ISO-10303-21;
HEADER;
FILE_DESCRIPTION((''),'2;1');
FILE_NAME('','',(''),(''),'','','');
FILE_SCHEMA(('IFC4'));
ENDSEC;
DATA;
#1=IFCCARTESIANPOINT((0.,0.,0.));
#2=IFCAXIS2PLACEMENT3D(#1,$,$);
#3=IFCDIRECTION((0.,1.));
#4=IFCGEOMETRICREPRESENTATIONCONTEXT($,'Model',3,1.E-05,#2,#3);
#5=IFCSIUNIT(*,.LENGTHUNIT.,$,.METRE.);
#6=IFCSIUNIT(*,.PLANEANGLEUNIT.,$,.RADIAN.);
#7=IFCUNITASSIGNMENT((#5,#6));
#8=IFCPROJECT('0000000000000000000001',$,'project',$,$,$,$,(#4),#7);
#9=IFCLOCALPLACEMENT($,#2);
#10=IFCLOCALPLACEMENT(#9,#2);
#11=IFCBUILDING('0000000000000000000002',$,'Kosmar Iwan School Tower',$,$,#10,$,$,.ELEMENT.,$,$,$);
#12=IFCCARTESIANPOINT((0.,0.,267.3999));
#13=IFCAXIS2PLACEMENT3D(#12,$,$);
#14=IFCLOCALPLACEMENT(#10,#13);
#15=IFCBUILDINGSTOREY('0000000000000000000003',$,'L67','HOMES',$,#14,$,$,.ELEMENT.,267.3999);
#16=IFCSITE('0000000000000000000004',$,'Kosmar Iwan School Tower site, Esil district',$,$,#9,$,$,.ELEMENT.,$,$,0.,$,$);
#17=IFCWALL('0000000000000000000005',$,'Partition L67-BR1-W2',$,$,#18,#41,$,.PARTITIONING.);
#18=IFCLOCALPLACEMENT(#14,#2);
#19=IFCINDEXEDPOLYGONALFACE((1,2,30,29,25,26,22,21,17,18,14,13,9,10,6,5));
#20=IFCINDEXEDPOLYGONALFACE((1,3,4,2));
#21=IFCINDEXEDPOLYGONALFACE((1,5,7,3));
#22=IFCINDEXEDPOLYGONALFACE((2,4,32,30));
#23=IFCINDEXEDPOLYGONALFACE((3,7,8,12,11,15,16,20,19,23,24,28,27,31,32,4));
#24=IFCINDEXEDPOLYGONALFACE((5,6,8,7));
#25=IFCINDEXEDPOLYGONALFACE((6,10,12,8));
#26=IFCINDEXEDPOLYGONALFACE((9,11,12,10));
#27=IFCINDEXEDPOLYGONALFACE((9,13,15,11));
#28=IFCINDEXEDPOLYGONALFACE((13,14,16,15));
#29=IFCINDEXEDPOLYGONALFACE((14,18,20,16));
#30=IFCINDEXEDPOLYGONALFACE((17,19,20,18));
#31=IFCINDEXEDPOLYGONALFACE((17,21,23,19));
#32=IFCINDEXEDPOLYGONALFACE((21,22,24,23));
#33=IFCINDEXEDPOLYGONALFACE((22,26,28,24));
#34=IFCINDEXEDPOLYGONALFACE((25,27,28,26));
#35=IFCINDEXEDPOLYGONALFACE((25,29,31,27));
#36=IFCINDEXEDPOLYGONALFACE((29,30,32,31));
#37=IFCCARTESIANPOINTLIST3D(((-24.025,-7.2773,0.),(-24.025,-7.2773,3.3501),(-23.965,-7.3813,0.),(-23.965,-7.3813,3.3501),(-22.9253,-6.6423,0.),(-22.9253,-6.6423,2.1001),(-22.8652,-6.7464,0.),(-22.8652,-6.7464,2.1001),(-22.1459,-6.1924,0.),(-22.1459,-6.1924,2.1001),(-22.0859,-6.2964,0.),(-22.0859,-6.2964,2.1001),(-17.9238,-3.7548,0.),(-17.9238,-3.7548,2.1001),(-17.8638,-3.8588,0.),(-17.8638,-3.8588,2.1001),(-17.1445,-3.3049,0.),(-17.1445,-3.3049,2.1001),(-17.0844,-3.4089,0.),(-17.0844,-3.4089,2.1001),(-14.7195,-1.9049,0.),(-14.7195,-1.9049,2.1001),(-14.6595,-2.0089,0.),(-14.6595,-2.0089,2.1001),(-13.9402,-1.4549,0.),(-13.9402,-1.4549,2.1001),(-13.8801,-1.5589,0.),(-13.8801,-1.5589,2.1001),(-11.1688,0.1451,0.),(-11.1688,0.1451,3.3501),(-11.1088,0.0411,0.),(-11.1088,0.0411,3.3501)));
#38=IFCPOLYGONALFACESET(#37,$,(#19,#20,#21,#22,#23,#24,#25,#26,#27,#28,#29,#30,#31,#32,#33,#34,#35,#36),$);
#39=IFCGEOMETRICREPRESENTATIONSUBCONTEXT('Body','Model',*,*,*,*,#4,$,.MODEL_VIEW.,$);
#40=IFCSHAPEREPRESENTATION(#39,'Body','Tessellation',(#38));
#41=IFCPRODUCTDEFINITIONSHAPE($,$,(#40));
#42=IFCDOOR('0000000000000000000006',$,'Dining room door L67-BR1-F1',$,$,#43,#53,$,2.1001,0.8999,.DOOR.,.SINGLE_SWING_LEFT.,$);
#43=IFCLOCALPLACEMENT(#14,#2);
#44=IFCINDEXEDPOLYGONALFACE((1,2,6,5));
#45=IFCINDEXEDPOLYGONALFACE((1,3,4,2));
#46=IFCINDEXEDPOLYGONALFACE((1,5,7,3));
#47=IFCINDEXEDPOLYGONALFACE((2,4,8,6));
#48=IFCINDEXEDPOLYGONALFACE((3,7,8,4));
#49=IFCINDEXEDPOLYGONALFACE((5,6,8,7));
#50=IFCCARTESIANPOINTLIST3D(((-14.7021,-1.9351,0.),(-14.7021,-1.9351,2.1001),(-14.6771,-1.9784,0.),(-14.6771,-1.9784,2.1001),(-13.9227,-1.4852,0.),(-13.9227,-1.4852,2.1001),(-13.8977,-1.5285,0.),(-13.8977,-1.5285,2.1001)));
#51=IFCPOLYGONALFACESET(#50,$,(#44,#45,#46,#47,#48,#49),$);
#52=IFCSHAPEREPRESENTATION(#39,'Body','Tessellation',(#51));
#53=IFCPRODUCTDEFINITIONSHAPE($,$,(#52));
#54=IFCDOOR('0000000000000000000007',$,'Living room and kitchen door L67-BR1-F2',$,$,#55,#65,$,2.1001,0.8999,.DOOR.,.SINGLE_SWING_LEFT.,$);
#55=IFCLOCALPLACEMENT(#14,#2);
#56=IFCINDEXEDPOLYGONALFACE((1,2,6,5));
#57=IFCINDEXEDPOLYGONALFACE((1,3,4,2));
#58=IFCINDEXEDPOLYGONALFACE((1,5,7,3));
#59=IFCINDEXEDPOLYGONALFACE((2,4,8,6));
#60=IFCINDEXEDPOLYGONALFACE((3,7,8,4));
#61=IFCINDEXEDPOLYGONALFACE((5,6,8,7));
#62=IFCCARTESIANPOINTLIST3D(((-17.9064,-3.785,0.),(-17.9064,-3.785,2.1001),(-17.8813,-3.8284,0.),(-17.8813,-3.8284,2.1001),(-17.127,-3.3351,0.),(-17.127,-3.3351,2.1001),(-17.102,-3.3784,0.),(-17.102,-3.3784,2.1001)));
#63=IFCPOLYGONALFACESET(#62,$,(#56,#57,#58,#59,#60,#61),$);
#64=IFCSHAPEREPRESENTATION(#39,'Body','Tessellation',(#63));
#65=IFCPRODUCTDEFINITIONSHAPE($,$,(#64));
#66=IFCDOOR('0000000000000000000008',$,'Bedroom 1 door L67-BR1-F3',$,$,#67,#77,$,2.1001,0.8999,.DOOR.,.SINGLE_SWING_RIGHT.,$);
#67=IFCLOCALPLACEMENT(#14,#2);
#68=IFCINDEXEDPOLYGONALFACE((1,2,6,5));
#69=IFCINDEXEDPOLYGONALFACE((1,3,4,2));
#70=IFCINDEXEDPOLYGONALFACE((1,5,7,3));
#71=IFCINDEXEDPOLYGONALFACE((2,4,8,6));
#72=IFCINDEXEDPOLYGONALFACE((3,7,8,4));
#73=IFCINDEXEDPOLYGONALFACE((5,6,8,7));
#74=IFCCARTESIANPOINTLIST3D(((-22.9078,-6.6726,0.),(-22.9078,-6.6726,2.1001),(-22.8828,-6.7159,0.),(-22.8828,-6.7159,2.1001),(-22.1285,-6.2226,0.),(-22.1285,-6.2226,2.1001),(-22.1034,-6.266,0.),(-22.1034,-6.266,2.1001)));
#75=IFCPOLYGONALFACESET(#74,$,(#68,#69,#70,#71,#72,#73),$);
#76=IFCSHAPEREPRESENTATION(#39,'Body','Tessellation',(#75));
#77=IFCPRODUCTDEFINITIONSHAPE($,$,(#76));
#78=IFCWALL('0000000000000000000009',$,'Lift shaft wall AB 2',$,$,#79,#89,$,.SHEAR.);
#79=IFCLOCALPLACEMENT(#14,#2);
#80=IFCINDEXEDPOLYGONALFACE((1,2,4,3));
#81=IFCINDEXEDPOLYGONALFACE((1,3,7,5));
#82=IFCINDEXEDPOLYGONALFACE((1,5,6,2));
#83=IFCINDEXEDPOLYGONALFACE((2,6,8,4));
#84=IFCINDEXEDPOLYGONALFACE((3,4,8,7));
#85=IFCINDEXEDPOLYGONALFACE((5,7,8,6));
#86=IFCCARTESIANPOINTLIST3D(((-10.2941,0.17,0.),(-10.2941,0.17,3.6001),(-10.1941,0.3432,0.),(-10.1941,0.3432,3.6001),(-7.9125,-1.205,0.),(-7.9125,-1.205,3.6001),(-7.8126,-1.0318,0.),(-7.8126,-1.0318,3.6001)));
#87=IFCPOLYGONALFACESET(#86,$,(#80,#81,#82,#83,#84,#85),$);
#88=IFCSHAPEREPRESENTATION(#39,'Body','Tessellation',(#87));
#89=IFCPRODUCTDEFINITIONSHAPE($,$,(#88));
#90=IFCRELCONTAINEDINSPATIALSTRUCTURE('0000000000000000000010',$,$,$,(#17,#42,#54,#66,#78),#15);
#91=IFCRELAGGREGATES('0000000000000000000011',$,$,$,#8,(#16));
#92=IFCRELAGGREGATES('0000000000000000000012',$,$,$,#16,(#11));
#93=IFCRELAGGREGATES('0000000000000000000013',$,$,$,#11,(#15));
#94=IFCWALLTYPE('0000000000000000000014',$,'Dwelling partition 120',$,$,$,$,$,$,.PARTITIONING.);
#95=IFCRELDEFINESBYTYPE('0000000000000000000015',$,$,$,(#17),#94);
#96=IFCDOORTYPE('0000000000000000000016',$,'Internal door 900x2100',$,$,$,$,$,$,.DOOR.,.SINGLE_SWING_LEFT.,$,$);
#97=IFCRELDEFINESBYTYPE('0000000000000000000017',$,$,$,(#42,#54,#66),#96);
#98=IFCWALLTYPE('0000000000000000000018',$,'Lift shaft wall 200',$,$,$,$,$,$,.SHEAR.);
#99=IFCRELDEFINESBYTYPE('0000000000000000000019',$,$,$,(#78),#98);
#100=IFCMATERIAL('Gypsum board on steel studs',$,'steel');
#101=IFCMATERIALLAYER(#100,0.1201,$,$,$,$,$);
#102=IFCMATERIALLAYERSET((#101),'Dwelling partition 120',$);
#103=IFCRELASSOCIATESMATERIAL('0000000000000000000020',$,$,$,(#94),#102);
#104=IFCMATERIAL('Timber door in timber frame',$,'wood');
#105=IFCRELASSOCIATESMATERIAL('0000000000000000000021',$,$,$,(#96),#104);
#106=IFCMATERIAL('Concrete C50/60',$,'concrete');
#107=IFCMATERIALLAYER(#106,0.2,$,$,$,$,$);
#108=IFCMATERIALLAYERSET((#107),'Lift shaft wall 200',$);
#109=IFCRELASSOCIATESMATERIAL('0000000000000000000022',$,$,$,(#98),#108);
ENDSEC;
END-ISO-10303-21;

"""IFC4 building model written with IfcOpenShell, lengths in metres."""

from ifc_helpers import new_model, si_unit, direction, frame, frame_2d, origin, place, context, subcontext, project, spatial, rectangle, extrude, material, layer, layer_set, type_object, element, fill, save


model = new_model("IFC4")

# Units and contexts
model_context = context("Model", 3, precision=1e-05, world=origin(), true_north=direction((0.0, 1.0)))
body_context = subcontext(model_context, "Body", "Model", "MODEL_VIEW")
ifc_project = project(units=[si_unit("LENGTHUNIT", "METRE"), si_unit("PLANEANGLEUNIT", "RADIAN")], contexts=[model_context])

# Site, building, storey
site_placement = place(None, origin())
site = spatial("IfcSite", under=ifc_project, at=site_placement, Name="Kosmar Iwan School Tower site, Esil district", CompositionType="ELEMENT", RefElevation=0.0)
building_placement = place(site_placement, origin())
building = spatial("IfcBuilding", under=site, at=building_placement, Name="Kosmar Iwan School Tower", CompositionType="ELEMENT")
storey_placement = place(building_placement, frame((0.0, 0.0, 267.3999)))
storey = spatial("IfcBuildingStorey", under=building, at=storey_placement, Name="L67", Description="HOMES", CompositionType="ELEMENT", Elevation=267.3999)

# Wall, openings, doors
ifc_material_1 = material(Name="Gypsum board on steel studs", Category="steel")
ifc_layer_1 = layer(ifc_material_1, 0.1201)
ifc_layer_set_1 = layer_set([ifc_layer_1], Name="Dwelling partition 120")
wall_type_1 = type_object("IfcWallType", Name="Dwelling partition 120", PredefinedType="PARTITIONING", material=ifc_layer_set_1)
ifc_material_2 = material(Name="Timber door in timber frame", Category="wood")
door_type_1 = type_object("IfcDoorType", Name="Internal door 900x2100", OperationType="SINGLE_SWING_LEFT", PredefinedType="DOOR", material=ifc_material_2)
wall_1_placement = place(storey_placement, frame((-11.1389, 0.093, 0.0), z_axis=(0.0, 0.0, 1.0), x_axis=(-0.86603, -0.499992, 0.0)))
wall_1 = element("IfcWall", 1, at=wall_1_placement, inside=storey, type_object=wall_type_1, Name="Partition L67-BR1-W2", PredefinedType="PARTITIONING", context=body_context, shape_type="SweptSolid", body=[
    extrude(rectangle(XDim=14.845, YDim=0.1201, at=frame_2d((7.4224, 0.0))), origin(), (0.0, 0.0, 1.0), 3.3501),
])
opening_1_placement = place(wall_1_placement, frame((3.2, 0.0, 0.0)))
opening_1 = element("IfcOpeningElement", 2, at=opening_1_placement, cuts=wall_1, PredefinedType="OPENING", context=body_context, shape_type="SweptSolid", body=[
    extrude(rectangle(XDim=0.8999, YDim=2.1001, at=frame_2d((0.45, 1.05))), frame((0.0, 0.072, 0.0), z_axis=(0.0, -1.0, 0.0), x_axis=(1.0, 0.0, 0.0)), (0.0, 0.0, 1.0), 0.144),
])
opening_2_placement = place(wall_1_placement, frame((6.8999, 0.0, 0.0)))
opening_2 = element("IfcOpeningElement", 3, at=opening_2_placement, cuts=wall_1, PredefinedType="OPENING", context=body_context, shape_type="SweptSolid", body=[
    extrude(rectangle(XDim=0.8999, YDim=2.1001, at=frame_2d((0.45, 1.05))), frame((0.0, 0.072, 0.0), z_axis=(0.0, -1.0, 0.0), x_axis=(1.0, 0.0, 0.0)), (0.0, 0.0, 1.0), 0.144),
])
opening_3_placement = place(wall_1_placement, frame((12.675, 0.0, 0.0)))
opening_3 = element("IfcOpeningElement", 4, at=opening_3_placement, cuts=wall_1, PredefinedType="OPENING", context=body_context, shape_type="SweptSolid", body=[
    extrude(rectangle(XDim=0.8999, YDim=2.1001, at=frame_2d((0.45, 1.05))), frame((0.0, 0.072, 0.0), z_axis=(0.0, -1.0, 0.0), x_axis=(1.0, 0.0, 0.0)), (0.0, 0.0, 1.0), 0.144),
])
door_1_placement = place(opening_1_placement, origin())
door_1 = element("IfcDoor", 5, at=door_1_placement, inside=storey, type_object=door_type_1, Name="Dining room door L67-BR1-F1", OperationType="SINGLE_SWING_LEFT", OverallHeight=2.1001, OverallWidth=0.8999, PredefinedType="DOOR", context=body_context, shape_type="SweptSolid", body=[
    extrude(rectangle(XDim=0.8999, YDim=2.1001, at=frame_2d((0.45, 1.05))), frame((0.0, 0.0249, 0.0), z_axis=(0.0, -1.0, 0.0), x_axis=(1.0, 0.0, 0.0)), (0.0, 0.0, 1.0), 0.05),
])
fill(opening_1, door_1)
door_2_placement = place(opening_2_placement, origin())
door_2 = element("IfcDoor", 6, at=door_2_placement, inside=storey, type_object=door_type_1, Name="Living room and kitchen door L67-BR1-F2", OperationType="SINGLE_SWING_LEFT", OverallHeight=2.1001, OverallWidth=0.8999, PredefinedType="DOOR", context=body_context, shape_type="SweptSolid", body=[
    extrude(rectangle(XDim=0.8999, YDim=2.1001, at=frame_2d((0.45, 1.05))), frame((0.0, 0.0249, 0.0), z_axis=(0.0, -1.0, 0.0), x_axis=(1.0, 0.0, 0.0)), (0.0, 0.0, 1.0), 0.05),
])
fill(opening_2, door_2)
door_3_placement = place(opening_3_placement, origin())
door_3 = element("IfcDoor", 7, at=door_3_placement, inside=storey, type_object=door_type_1, Name="Bedroom 1 door L67-BR1-F3", OperationType="SINGLE_SWING_RIGHT", OverallHeight=2.1001, OverallWidth=0.8999, PredefinedType="DOOR", context=body_context, shape_type="SweptSolid", body=[
    extrude(rectangle(XDim=0.8999, YDim=2.1001, at=frame_2d((0.45, 1.05))), frame((0.0, 0.0249, 0.0), z_axis=(0.0, -1.0, 0.0), x_axis=(1.0, 0.0, 0.0)), (0.0, 0.0, 1.0), 0.05),
])
fill(opening_3, door_3)

# Wall
ifc_material_3 = material(Name="Concrete C50/60", Category="concrete")
ifc_layer_2 = layer(ifc_material_3, 0.2)
ifc_layer_set_2 = layer_set([ifc_layer_2], Name="Lift shaft wall 200")
wall_type_2 = type_object("IfcWallType", Name="Lift shaft wall 200", PredefinedType="SHEAR", material=ifc_layer_set_2)
wall_2_placement = place(storey_placement, frame((-7.8625, -1.1184, 0.0), z_axis=(0.0, 0.0, 1.0), x_axis=(-0.866027, 0.499997, 0.0)))
element("IfcWall", 8, at=wall_2_placement, inside=storey, type_object=wall_type_2, Name="Lift shaft wall AB 2", PredefinedType="SHEAR", context=body_context, shape_type="SweptSolid", body=[
    extrude(rectangle(XDim=2.75, YDim=0.2, at=frame_2d((1.375, 0.0))), origin(), (0.0, 0.0, 1.0), 3.6001),
])

save(model, "model.ifc")
